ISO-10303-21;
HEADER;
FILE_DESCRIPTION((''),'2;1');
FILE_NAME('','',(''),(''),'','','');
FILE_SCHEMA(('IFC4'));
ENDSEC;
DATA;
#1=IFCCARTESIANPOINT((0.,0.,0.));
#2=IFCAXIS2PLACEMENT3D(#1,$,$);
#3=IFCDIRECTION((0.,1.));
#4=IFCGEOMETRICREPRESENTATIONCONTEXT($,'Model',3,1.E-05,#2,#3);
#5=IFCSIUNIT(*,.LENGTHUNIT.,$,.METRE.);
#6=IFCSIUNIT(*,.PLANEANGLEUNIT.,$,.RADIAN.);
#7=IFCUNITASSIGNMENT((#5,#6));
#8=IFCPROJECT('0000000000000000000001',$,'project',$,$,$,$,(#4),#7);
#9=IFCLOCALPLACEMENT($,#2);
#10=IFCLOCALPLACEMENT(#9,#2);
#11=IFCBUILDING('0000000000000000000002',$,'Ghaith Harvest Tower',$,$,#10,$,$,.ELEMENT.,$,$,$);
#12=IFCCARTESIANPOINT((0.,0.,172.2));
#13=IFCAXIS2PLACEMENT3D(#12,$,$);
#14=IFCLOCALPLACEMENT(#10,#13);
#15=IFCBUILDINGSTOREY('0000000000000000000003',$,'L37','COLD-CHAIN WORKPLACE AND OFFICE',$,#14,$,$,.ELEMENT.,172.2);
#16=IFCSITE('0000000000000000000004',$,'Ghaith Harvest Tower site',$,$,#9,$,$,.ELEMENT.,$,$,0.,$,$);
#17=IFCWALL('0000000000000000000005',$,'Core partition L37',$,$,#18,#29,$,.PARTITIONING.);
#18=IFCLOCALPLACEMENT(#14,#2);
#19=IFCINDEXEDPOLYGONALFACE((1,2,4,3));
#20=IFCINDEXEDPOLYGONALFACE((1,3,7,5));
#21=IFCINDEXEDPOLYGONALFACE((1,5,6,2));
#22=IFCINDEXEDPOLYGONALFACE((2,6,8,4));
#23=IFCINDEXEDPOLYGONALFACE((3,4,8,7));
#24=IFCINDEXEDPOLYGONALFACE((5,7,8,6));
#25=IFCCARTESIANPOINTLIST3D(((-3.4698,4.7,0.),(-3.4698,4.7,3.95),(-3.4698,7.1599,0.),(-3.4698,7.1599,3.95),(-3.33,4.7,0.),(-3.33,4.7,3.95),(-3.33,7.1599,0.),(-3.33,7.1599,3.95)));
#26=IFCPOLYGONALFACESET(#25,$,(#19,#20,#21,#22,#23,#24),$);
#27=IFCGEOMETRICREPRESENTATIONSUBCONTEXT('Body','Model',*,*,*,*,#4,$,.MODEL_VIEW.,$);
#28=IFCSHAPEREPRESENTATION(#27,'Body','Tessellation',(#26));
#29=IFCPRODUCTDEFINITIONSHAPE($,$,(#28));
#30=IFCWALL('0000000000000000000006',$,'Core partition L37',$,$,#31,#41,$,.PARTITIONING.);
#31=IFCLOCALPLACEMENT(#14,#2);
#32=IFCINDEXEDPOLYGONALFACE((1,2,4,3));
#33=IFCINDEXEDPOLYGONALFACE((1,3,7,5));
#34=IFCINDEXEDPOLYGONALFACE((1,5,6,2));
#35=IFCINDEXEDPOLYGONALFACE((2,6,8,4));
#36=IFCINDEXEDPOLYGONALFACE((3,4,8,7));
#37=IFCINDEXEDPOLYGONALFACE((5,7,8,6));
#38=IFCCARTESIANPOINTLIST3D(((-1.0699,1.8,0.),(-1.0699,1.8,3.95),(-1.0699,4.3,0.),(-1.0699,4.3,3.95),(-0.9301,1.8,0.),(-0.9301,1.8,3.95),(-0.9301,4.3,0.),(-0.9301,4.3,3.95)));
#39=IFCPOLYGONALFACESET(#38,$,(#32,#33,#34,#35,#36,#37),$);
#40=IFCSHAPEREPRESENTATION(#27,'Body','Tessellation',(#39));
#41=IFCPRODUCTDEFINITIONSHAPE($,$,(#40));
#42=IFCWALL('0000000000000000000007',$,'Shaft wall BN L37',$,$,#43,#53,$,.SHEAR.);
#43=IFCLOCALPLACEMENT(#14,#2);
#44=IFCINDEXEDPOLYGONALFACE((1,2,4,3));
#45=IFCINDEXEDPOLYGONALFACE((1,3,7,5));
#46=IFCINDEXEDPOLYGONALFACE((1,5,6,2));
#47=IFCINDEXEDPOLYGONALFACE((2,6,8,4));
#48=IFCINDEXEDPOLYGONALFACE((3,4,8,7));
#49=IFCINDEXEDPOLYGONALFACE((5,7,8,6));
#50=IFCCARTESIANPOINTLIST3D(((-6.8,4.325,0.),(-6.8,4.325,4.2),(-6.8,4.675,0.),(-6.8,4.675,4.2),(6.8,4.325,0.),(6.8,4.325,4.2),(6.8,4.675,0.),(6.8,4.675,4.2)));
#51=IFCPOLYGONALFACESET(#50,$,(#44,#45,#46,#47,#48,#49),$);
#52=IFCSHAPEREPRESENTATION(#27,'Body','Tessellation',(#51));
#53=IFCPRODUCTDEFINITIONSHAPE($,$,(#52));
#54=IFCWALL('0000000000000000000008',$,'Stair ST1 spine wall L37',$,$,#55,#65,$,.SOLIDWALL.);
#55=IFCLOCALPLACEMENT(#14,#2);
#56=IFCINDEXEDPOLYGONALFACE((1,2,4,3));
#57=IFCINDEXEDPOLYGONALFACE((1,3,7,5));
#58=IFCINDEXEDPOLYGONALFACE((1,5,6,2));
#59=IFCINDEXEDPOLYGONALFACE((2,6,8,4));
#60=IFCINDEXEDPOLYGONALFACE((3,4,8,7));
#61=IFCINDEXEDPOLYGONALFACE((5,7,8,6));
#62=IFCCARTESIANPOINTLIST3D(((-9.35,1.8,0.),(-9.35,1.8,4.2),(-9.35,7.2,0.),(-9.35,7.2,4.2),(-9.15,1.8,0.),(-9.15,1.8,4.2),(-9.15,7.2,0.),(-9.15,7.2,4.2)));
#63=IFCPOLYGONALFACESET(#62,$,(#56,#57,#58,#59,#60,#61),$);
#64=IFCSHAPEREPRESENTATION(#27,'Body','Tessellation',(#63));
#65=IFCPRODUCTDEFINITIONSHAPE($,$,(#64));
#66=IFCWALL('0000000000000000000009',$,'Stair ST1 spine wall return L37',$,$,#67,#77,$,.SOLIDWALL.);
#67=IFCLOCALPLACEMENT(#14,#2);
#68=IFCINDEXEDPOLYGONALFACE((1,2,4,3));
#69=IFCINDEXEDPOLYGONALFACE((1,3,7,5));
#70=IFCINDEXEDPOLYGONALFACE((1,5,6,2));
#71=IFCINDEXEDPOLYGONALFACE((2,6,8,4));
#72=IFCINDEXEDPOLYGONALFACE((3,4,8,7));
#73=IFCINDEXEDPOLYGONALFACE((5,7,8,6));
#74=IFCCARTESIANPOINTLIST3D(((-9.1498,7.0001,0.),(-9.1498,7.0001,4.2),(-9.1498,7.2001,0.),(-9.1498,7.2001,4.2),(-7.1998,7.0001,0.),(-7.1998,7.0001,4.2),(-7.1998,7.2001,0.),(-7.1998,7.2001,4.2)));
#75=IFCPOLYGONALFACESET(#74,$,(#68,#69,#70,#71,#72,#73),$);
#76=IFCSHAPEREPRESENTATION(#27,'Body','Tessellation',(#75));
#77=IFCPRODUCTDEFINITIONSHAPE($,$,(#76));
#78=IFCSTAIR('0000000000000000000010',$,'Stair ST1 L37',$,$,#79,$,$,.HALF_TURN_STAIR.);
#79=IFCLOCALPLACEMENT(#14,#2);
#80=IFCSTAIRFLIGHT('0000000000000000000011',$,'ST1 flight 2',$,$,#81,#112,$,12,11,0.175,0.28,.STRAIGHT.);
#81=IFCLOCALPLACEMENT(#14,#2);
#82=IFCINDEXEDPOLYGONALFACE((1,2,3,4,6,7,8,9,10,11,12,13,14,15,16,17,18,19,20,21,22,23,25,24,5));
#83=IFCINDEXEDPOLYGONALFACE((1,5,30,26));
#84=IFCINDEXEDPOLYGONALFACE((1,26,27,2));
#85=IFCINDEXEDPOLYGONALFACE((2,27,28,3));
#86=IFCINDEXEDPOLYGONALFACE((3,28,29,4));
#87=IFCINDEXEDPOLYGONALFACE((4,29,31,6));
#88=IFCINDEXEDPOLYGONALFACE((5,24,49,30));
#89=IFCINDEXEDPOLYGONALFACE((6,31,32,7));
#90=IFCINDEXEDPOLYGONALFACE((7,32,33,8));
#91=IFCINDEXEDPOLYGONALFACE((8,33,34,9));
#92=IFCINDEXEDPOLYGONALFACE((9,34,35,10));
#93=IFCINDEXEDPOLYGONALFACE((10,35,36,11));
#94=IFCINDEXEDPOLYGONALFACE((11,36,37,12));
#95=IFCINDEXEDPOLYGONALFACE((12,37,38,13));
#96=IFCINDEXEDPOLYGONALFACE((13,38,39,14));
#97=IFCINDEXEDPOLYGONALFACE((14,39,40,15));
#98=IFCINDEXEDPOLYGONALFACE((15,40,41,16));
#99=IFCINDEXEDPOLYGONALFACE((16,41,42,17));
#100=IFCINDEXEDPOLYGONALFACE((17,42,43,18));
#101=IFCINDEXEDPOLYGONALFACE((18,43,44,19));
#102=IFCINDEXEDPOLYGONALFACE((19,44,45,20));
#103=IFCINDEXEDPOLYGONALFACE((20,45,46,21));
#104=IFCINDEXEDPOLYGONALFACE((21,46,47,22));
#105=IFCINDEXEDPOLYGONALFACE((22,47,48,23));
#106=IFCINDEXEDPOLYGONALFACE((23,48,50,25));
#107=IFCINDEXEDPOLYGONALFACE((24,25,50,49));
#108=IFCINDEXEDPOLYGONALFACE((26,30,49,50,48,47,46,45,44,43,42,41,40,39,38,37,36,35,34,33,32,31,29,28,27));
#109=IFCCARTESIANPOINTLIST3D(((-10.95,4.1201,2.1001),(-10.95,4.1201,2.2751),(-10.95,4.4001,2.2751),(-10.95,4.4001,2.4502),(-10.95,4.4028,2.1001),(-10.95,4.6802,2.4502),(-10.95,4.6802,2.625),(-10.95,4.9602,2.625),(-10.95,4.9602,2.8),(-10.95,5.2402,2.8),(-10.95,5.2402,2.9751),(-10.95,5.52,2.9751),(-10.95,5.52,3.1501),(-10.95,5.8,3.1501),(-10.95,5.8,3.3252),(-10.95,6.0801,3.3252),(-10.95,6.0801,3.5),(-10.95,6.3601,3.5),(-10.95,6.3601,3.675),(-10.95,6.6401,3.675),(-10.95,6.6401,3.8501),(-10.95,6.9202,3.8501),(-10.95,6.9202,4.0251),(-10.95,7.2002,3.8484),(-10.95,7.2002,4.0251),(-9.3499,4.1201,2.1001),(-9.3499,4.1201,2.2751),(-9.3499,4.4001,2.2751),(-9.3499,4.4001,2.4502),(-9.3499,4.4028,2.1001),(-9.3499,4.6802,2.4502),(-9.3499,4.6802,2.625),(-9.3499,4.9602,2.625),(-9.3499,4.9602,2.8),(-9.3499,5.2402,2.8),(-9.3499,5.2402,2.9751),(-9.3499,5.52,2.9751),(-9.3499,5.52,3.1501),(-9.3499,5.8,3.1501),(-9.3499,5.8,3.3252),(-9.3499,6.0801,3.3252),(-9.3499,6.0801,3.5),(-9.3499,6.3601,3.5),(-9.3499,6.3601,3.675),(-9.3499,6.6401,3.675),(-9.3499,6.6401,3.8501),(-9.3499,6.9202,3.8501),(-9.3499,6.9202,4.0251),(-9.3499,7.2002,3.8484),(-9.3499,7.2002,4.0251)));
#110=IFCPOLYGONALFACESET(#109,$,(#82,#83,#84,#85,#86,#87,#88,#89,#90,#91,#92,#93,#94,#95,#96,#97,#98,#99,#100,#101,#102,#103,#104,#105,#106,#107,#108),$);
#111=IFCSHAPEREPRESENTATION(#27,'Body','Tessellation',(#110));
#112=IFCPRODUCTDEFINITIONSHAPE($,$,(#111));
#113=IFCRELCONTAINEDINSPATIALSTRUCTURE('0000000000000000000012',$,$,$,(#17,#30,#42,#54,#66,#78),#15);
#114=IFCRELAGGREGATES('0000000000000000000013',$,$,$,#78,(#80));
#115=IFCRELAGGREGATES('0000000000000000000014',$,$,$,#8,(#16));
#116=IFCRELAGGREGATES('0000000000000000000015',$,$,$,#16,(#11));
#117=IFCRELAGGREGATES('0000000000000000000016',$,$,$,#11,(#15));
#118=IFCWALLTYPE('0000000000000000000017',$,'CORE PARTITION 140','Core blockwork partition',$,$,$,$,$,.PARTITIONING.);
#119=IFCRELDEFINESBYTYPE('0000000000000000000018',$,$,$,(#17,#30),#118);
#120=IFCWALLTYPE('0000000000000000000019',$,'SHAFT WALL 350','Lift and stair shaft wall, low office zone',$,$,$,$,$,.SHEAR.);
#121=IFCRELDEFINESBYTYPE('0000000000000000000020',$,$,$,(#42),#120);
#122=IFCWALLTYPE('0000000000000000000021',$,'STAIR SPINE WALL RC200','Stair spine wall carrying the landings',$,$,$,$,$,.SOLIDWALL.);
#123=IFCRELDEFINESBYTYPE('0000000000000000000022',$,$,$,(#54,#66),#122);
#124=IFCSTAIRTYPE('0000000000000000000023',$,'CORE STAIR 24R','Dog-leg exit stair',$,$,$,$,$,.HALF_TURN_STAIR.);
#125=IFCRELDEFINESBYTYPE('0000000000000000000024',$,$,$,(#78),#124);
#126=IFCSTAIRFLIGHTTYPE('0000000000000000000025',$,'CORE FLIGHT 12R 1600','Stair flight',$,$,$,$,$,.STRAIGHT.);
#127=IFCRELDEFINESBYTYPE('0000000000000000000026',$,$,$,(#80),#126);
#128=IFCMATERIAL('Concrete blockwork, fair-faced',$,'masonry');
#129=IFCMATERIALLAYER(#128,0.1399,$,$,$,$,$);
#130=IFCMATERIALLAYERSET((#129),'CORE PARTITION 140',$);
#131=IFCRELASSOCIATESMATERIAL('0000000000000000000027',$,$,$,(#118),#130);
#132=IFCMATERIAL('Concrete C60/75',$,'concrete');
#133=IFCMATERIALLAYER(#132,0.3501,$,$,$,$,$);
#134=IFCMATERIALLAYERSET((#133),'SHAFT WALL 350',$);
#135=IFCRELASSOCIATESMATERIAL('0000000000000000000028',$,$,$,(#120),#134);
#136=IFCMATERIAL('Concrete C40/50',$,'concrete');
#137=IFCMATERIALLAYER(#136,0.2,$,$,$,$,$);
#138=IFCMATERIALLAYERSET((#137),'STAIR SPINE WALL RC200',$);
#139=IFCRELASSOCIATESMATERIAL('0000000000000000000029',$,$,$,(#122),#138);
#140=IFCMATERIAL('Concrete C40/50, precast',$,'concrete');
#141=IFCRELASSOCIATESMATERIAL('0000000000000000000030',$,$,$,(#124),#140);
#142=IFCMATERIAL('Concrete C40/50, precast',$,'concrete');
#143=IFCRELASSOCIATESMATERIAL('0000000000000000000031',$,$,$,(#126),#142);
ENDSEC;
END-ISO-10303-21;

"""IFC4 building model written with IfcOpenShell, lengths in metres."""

from ifc_helpers import new_model, si_unit, direction, frame, frame_2d, origin, place, context, subcontext, project, spatial, polyline, rectangle, outline, extrude, material, layer, layer_set, type_object, element, aggregate, save


model = new_model("IFC4")

# Units and contexts
model_context = context("Model", 3, precision=1e-05, world=origin(), true_north=direction((0.0, 1.0)))
body_context = subcontext(model_context, "Body", "Model", "MODEL_VIEW")
ifc_project = project(units=[si_unit("LENGTHUNIT", "METRE"), si_unit("PLANEANGLEUNIT", "RADIAN")], contexts=[model_context])

# Site, building, storey
site_placement = place(None, origin())
site = spatial("IfcSite", under=ifc_project, at=site_placement, Name="Ghaith Harvest Tower site", CompositionType="ELEMENT", RefElevation=0.0)
building_placement = place(site_placement, origin())
building = spatial("IfcBuilding", under=site, at=building_placement, Name="Ghaith Harvest Tower", CompositionType="ELEMENT")
storey_placement = place(building_placement, frame((0.0, 0.0, 172.2)))
storey = spatial("IfcBuildingStorey", under=building, at=storey_placement, Name="L37", Description="COLD-CHAIN WORKPLACE AND OFFICE", CompositionType="ELEMENT", Elevation=172.2)

# Shared definitions
ifc_material_1 = material(Name="Concrete blockwork, fair-faced", Category="masonry")
ifc_layer_1 = layer(ifc_material_1, 0.1399)
ifc_layer_set_1 = layer_set([ifc_layer_1], Name="CORE PARTITION 140")
wall_type_1 = type_object("IfcWallType", Name="CORE PARTITION 140", Description="Core blockwork partition", PredefinedType="PARTITIONING", material=ifc_layer_set_1)

# Walls
wall_1_placement = place(storey_placement, frame((-3.3999, 4.7, 0.0), z_axis=(0.0, 0.0, 1.0), x_axis=(0.0, 1.0, 0.0)))
element("IfcWall", 1, at=wall_1_placement, inside=storey, type_object=wall_type_1, Name="Core partition L37", PredefinedType="PARTITIONING", context=body_context, shape_type="SweptSolid", body=[
    extrude(rectangle(XDim=2.46, YDim=0.1399, at=frame_2d((1.23, 0.0))), origin(), (0.0, 0.0, 1.0), 3.95),
])
wall_2_placement = place(storey_placement, frame((-1.0, 1.8, 0.0), z_axis=(0.0, 0.0, 1.0), x_axis=(0.0, 1.0, 0.0)))
element("IfcWall", 2, at=wall_2_placement, inside=storey, type_object=wall_type_1, Name="Core partition L37", PredefinedType="PARTITIONING", context=body_context, shape_type="SweptSolid", body=[
    extrude(rectangle(XDim=2.5, YDim=0.1399, at=frame_2d((1.25, 0.0))), origin(), (0.0, 0.0, 1.0), 3.95),
])

# Shared definitions
ifc_material_2 = material(Name="Concrete C60/75", Category="concrete")
ifc_layer_2 = layer(ifc_material_2, 0.3501)
ifc_layer_set_2 = layer_set([ifc_layer_2], Name="SHAFT WALL 350")
wall_type_2 = type_object("IfcWallType", Name="SHAFT WALL 350", Description="Lift and stair shaft wall, low office zone", PredefinedType="SHEAR", material=ifc_layer_set_2)

# Walls
wall_3_placement = place(storey_placement, frame((-6.8, 4.5, 0.0), z_axis=(0.0, 0.0, 1.0), x_axis=(1.0, 0.0, 0.0)))
element("IfcWall", 3, at=wall_3_placement, inside=storey, type_object=wall_type_2, Name="Shaft wall BN L37", PredefinedType="SHEAR", context=body_context, shape_type="SweptSolid", body=[
    extrude(rectangle(XDim=13.6001, YDim=0.3501, at=frame_2d((6.8, 0.0))), origin(), (0.0, 0.0, 1.0), 4.2),
])
ifc_material_3 = material(Name="Concrete C40/50", Category="concrete")
ifc_layer_3 = layer(ifc_material_3, 0.2)
ifc_layer_set_3 = layer_set([ifc_layer_3], Name="STAIR SPINE WALL RC200")
wall_type_3 = type_object("IfcWallType", Name="STAIR SPINE WALL RC200", Description="Stair spine wall carrying the landings", PredefinedType="SOLIDWALL", material=ifc_layer_set_3)
wall_4_placement = place(storey_placement, frame((-9.25, 7.2, 0.0), z_axis=(0.0, 0.0, 1.0), x_axis=(0.0, -1.0, 0.0)))
element("IfcWall", 4, at=wall_4_placement, inside=storey, type_object=wall_type_3, Name="Stair ST1 spine wall L37", PredefinedType="SOLIDWALL", context=body_context, shape_type="SweptSolid", body=[
    extrude(rectangle(XDim=5.3999, YDim=0.2, at=frame_2d((2.7, 0.0))), origin(), (0.0, 0.0, 1.0), 4.2),
])
wall_5_placement = place(storey_placement, frame((-9.1499, 7.1001, 0.0), z_axis=(0.0, 0.0, 1.0), x_axis=(1.0, 0.0, 0.0)))
element("IfcWall", 5, at=wall_5_placement, inside=storey, type_object=wall_type_3, Name="Stair ST1 spine wall return L37", PredefinedType="SOLIDWALL", context=body_context, shape_type="SweptSolid", body=[
    extrude(rectangle(XDim=1.95, YDim=0.2, at=frame_2d((0.9751, 0.0))), origin(), (0.0, 0.0, 1.0), 4.2),
])

# Stair, stair flight
ifc_material_4 = material(Name="Concrete C40/50, precast", Category="concrete")
stair_type = type_object("IfcStairType", Name="CORE STAIR 24R", Description="Dog-leg exit stair", PredefinedType="HALF_TURN_STAIR", material=ifc_material_4)
stair_placement = place(storey_placement, origin())
stair = element("IfcStair", 6, at=stair_placement, inside=storey, type_object=stair_type, Name="Stair ST1 L37", PredefinedType="HALF_TURN_STAIR")
ifc_material_5 = material(Name="Concrete C40/50, precast", Category="concrete")
stair_flight_type = type_object("IfcStairFlightType", Name="CORE FLIGHT 12R 1600", Description="Stair flight", PredefinedType="STRAIGHT", material=ifc_material_5)
stair_flight_placement = place(storey_placement, frame((-10.1499, 4.1201, 2.1001), z_axis=(0.0, 0.0, 1.0), x_axis=(0.0, 1.0, 0.0)))
stair_flight = element("IfcStairFlight", 7, at=stair_flight_placement, type_object=stair_flight_type, Name="ST1 flight 2", NumberOfRisers=12, NumberOfTreads=11, PredefinedType="STRAIGHT", RiserHeight=0.175, TreadLength=0.28, context=body_context, shape_type="SweptSolid", body=[
    extrude(outline(polyline([(0.0, 0.0), (0.0, 0.175), (0.28, 0.175), (0.28, 0.3501), (0.5601, 0.3501), (0.5601, 0.5249), (0.8401, 0.5249), (0.8401, 0.7), (1.1201, 0.7), (1.1201, 0.875), (1.3999, 0.875), (1.3999, 1.05), (1.6799, 1.05), (1.6799, 1.2251), (1.96, 1.2251), (1.96, 1.3999), (2.24, 1.3999), (2.24, 1.575), (2.52, 1.575), (2.52, 1.75), (2.8, 1.75), (2.8, 1.925), (3.0801, 1.925), (3.0801, 2.1001), (3.0801, 1.7483), (0.2827, 0.0), (0.0, 0.0)])), frame((0.0, 0.8, 0.0), z_axis=(0.0, -1.0, 0.0), x_axis=(1.0, 0.0, 0.0)), (0.0, 0.0, 1.0), 1.6001),
])
aggregate(stair, [stair_flight])

save(model, "model.ifc")
